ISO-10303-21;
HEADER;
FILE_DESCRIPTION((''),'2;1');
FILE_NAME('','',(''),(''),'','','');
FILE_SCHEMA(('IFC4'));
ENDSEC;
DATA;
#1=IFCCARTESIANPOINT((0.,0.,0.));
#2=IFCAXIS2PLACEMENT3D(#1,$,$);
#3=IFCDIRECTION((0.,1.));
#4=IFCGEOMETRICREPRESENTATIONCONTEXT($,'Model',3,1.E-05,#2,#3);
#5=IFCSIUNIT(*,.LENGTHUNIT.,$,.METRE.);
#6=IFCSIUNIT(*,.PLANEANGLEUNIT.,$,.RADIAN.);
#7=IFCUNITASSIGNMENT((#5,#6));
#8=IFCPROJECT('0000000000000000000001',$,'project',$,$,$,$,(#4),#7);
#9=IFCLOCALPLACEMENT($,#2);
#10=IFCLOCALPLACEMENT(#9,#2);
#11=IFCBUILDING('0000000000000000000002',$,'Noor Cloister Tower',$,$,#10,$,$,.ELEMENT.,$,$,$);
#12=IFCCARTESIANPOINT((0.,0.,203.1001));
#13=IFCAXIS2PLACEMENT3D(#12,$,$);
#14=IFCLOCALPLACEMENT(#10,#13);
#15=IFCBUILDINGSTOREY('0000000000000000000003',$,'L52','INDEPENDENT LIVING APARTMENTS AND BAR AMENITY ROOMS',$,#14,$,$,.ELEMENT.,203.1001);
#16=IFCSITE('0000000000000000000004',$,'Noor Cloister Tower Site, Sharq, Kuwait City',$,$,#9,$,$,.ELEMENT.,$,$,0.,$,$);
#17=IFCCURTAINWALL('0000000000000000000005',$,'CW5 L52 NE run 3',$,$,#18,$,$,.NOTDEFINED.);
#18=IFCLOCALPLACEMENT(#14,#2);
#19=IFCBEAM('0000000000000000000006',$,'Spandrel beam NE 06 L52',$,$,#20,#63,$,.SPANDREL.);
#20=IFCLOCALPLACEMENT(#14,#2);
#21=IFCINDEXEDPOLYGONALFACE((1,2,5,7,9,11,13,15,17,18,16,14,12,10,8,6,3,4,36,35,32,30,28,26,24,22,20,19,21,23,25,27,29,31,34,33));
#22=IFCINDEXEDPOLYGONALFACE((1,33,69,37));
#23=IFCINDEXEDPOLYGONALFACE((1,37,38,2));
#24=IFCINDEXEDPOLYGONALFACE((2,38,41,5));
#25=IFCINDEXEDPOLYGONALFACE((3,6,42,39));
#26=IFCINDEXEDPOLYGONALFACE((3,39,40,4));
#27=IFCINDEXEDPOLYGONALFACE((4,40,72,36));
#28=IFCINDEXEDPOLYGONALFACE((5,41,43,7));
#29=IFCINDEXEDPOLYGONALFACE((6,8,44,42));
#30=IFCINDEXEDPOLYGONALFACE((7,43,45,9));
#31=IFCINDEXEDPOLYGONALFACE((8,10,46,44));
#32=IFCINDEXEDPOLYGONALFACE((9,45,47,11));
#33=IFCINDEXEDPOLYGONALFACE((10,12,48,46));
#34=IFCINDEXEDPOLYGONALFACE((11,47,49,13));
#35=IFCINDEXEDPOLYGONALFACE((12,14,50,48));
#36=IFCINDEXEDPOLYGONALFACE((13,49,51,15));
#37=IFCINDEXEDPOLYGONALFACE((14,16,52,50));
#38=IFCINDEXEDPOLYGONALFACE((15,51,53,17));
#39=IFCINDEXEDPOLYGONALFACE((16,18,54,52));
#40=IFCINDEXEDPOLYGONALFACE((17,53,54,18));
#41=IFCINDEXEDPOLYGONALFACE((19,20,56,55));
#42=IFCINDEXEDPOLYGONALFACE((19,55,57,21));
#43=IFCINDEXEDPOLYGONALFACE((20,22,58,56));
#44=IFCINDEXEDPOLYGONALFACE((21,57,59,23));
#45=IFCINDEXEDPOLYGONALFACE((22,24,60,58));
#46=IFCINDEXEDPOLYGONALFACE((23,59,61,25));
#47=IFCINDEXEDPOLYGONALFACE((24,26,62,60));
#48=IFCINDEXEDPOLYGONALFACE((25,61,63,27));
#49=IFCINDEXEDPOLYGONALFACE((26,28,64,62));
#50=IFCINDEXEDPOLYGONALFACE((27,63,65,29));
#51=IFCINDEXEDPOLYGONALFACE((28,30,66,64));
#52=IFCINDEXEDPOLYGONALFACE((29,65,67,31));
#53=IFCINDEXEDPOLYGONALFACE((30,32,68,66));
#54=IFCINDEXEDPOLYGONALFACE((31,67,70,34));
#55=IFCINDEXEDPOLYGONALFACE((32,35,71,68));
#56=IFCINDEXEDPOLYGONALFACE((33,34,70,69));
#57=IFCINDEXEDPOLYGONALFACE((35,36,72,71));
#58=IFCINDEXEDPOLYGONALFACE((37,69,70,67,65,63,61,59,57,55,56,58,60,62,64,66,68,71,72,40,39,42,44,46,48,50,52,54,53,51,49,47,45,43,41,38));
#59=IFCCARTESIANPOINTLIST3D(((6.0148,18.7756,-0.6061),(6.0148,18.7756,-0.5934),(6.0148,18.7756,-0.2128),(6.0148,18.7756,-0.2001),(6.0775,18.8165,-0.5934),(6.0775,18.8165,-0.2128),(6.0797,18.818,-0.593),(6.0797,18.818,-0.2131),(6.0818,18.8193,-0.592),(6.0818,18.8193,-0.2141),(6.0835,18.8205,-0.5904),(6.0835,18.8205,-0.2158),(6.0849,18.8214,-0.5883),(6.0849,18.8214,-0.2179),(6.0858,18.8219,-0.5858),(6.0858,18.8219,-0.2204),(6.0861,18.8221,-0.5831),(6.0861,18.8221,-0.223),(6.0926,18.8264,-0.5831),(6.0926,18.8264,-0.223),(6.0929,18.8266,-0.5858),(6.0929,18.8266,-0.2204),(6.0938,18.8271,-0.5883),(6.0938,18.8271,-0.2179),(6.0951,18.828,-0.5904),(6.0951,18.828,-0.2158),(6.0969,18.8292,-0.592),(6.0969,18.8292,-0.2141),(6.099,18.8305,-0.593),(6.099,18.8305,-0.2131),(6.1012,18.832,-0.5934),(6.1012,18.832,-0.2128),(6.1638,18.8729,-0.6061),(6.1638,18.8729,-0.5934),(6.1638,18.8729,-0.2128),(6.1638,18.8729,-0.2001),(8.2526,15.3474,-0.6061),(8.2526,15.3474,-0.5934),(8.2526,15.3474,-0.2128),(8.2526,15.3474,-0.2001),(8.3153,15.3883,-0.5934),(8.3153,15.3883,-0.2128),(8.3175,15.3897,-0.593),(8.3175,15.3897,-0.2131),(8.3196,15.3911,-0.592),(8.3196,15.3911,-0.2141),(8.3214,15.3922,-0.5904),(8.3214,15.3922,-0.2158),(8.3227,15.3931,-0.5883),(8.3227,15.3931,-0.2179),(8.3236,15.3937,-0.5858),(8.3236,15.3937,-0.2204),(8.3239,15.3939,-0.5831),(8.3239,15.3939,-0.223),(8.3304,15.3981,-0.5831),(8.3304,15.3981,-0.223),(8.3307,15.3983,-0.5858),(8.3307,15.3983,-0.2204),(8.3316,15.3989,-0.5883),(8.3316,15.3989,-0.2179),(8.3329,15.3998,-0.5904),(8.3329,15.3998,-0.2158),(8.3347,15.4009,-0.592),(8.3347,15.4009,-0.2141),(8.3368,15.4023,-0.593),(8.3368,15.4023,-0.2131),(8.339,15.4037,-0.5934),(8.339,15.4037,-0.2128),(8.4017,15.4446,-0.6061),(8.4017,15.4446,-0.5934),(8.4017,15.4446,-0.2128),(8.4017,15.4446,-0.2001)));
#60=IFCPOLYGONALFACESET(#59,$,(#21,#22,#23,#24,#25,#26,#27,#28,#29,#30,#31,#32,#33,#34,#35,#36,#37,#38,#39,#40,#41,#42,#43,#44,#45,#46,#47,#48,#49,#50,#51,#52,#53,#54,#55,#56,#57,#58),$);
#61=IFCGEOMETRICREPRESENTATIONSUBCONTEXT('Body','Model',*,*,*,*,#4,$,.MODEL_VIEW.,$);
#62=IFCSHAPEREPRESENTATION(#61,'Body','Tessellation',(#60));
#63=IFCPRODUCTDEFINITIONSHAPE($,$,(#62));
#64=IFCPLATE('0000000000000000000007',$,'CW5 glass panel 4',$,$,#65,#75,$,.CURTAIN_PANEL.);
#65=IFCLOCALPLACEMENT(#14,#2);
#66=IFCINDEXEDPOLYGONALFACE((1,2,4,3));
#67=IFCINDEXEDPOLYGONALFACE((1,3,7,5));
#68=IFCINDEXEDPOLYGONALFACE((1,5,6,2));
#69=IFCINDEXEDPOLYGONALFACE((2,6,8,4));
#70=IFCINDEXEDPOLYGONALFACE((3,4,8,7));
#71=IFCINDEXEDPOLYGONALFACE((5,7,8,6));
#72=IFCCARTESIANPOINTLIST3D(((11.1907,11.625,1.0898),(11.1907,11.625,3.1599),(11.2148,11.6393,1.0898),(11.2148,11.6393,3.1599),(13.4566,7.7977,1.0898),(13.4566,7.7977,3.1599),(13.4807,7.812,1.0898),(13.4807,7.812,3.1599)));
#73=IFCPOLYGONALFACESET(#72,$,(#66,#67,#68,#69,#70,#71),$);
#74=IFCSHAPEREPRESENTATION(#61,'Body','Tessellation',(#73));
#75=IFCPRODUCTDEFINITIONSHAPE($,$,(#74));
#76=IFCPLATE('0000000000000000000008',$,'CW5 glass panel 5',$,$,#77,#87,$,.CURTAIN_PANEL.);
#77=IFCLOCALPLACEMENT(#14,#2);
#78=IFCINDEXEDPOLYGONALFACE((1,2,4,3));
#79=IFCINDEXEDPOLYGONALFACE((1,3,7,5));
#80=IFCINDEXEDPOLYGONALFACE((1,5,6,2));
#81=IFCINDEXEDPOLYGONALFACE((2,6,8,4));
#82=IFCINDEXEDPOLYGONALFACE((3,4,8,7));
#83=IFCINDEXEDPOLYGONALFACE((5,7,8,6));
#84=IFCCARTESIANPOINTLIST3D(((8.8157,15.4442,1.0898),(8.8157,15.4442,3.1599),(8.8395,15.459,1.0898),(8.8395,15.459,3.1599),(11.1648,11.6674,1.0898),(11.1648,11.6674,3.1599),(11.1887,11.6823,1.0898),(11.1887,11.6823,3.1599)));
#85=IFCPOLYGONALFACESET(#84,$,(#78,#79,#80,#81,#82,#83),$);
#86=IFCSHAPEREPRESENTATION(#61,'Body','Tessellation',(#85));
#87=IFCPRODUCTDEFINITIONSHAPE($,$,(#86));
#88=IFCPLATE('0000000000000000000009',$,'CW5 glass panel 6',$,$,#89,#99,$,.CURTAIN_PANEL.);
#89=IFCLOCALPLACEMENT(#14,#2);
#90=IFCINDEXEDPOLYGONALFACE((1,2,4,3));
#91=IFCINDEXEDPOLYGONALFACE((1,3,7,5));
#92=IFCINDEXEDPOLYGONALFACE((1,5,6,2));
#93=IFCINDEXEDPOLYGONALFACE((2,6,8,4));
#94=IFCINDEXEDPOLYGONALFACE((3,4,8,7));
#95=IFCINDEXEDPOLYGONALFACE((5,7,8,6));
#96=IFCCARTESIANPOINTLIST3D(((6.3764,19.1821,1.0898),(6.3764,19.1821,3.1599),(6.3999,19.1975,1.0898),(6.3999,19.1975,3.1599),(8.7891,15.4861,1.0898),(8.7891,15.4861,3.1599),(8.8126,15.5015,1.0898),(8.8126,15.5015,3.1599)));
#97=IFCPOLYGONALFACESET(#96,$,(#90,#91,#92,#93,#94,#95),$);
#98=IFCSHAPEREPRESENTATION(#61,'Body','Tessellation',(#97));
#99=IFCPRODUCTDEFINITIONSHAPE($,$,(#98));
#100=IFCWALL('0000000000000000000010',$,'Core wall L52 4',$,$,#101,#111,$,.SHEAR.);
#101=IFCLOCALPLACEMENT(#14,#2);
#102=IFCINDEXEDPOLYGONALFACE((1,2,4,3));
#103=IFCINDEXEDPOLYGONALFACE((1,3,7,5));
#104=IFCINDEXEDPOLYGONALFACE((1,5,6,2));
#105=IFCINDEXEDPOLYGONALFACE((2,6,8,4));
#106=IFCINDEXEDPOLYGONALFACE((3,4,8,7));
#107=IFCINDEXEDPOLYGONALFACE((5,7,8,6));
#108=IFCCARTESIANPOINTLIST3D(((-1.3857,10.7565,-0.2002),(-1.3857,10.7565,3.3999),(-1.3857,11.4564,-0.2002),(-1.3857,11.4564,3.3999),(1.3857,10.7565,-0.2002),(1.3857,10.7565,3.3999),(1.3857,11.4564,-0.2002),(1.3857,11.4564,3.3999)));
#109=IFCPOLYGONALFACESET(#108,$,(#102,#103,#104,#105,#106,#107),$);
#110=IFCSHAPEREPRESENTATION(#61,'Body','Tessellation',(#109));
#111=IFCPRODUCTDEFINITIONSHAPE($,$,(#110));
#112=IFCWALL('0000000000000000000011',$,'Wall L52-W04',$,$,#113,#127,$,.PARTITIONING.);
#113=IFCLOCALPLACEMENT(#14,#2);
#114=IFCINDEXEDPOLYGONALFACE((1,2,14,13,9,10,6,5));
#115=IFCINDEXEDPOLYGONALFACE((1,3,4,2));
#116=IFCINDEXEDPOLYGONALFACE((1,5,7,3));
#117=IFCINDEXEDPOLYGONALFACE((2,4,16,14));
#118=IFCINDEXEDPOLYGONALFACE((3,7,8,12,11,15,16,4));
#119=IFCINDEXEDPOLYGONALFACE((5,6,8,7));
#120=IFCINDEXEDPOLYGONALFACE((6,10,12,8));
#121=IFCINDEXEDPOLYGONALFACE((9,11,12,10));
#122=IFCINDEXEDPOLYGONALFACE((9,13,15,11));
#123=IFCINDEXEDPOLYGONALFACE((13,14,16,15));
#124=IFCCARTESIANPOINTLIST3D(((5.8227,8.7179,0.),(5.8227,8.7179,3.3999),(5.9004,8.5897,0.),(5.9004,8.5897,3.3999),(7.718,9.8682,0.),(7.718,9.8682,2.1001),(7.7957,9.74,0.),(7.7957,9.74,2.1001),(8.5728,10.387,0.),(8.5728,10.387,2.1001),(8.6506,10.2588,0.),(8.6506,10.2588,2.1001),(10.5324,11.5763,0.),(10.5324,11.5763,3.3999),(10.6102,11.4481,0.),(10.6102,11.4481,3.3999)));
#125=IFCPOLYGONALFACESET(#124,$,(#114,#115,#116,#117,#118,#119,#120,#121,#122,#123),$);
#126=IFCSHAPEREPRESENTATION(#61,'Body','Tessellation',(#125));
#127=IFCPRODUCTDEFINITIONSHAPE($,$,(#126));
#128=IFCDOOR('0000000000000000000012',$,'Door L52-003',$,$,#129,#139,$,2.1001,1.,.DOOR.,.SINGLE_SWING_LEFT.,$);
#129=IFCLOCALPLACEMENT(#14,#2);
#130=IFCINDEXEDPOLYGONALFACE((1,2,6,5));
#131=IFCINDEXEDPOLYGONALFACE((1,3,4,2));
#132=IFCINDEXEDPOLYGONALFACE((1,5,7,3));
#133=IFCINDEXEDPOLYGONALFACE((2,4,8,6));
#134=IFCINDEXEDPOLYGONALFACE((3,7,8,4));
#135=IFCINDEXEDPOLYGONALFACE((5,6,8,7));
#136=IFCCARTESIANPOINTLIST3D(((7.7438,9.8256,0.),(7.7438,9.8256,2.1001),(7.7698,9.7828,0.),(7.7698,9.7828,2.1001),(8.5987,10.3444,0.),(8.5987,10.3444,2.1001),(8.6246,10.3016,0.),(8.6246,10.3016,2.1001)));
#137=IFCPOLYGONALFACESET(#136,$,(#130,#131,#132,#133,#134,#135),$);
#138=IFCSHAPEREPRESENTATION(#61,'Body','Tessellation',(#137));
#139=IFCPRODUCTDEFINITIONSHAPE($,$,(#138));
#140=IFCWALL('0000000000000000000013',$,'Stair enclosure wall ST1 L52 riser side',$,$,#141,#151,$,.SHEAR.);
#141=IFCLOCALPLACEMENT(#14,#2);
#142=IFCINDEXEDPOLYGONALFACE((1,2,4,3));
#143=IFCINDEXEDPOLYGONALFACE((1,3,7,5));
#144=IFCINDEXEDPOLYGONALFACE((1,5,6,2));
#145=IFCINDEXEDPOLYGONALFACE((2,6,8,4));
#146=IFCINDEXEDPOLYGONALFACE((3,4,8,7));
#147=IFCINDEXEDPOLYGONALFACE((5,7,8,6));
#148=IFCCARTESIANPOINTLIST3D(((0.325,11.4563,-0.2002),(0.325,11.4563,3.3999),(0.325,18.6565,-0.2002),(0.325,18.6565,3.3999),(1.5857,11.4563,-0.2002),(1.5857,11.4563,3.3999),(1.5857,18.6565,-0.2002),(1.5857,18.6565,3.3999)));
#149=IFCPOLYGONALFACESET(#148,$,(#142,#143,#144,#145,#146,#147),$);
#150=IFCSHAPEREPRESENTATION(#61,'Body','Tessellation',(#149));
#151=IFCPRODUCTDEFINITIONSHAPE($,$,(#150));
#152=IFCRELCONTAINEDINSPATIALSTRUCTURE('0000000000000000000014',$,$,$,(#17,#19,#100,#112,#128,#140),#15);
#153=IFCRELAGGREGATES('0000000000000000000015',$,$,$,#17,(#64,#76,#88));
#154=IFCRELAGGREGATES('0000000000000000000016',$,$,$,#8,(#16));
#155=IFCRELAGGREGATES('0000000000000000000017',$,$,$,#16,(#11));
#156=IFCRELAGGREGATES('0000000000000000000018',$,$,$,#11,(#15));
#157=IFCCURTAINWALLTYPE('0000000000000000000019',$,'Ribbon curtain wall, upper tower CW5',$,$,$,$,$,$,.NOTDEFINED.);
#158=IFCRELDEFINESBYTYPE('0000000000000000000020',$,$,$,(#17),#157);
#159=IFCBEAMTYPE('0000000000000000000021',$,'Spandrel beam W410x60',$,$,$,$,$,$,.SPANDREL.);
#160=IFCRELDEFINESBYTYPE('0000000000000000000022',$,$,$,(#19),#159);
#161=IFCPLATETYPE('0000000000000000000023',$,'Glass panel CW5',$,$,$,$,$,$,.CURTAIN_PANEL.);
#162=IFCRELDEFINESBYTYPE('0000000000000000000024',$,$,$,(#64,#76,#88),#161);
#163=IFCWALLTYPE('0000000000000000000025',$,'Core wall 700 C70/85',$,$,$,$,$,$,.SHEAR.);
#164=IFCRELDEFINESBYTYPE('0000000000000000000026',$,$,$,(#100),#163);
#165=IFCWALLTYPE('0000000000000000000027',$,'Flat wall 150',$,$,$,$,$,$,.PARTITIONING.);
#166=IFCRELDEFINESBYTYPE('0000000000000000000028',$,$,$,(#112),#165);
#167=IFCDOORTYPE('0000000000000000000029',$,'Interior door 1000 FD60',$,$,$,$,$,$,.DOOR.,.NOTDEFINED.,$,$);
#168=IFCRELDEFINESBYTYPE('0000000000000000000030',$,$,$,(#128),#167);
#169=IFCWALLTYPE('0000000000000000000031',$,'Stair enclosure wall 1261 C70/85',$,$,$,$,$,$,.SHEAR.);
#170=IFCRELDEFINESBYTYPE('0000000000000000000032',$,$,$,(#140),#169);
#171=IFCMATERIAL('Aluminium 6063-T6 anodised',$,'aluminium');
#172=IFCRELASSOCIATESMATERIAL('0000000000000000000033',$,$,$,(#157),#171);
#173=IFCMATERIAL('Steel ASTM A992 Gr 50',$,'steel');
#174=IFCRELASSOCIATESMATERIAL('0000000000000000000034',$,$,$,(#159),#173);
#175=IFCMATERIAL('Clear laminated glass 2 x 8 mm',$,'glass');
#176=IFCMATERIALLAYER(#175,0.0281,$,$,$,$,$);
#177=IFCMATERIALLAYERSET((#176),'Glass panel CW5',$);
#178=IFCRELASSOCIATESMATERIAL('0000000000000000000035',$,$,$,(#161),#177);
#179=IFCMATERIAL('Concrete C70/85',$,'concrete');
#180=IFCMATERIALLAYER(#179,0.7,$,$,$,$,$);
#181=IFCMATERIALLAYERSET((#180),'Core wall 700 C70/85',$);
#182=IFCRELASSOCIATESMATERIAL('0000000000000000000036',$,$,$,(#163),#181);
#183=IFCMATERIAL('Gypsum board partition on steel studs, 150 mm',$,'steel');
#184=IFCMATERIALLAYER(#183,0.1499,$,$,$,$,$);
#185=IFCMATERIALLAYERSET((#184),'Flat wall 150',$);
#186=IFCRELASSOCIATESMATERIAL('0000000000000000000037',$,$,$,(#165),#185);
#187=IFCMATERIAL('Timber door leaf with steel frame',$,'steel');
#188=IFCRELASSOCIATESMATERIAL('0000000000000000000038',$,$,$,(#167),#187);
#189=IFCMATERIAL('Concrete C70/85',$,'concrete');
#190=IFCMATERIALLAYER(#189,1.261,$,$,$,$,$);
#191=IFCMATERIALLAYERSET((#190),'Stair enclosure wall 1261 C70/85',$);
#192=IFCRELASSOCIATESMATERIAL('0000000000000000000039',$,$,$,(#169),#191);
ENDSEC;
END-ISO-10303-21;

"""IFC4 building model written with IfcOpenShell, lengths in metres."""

from ifc_helpers import new_model, si_unit, direction, frame, frame_2d, origin, origin_2d, place, context, subcontext, project, spatial, rectangle, i_section, extrude, material, layer, layer_set, material_profile, profile_set, type_object, element, fill, aggregate, save


model = new_model("IFC4")

# Units and contexts
model_context = context("Model", 3, precision=1e-05, world=origin(), true_north=direction((0.0, 1.0)))
body_context = subcontext(model_context, "Body", "Model", "MODEL_VIEW")
ifc_project = project(units=[si_unit("LENGTHUNIT", "METRE"), si_unit("PLANEANGLEUNIT", "RADIAN")], contexts=[model_context])

# Site, building, storey
site_placement = place(None, origin())
site = spatial("IfcSite", under=ifc_project, at=site_placement, Name="Noor Cloister Tower Site, Sharq, Kuwait City", CompositionType="ELEMENT", RefElevation=0.0)
building_placement = place(site_placement, origin())
building = spatial("IfcBuilding", under=site, at=building_placement, Name="Noor Cloister Tower", CompositionType="ELEMENT")
storey_placement = place(building_placement, frame((0.0, 0.0, 203.1001)))
storey = spatial("IfcBuildingStorey", under=building, at=storey_placement, Name="L52", Description="INDEPENDENT LIVING APARTMENTS AND BAR AMENITY ROOMS", CompositionType="ELEMENT", Elevation=203.1001)

# Curtain wall
ifc_material_1 = material(Name="Aluminium 6063-T6 anodised", Category="aluminium")
curtain_wall_type = type_object("IfcCurtainWallType", Name="Ribbon curtain wall, upper tower CW5", PredefinedType="NOTDEFINED", material=ifc_material_1)
curtain_wall_placement = place(storey_placement, origin())
curtain_wall = element("IfcCurtainWall", 1, at=curtain_wall_placement, inside=storey, type_object=curtain_wall_type, Name="CW5 L52 NE run 3", PredefinedType="NOTDEFINED")

# Beam
ifc_material_2 = material(Name="Steel ASTM A992 Gr 50", Category="steel")
ifc_material_profile_1 = material_profile(ifc_material_2, i_section(OverallWidth=0.178, OverallDepth=0.406, WebThickness=0.0078, FlangeThickness=0.0127, FilletRadius=0.0103, at=origin_2d()), Name="W410x60")
ifc_profile_set_1 = profile_set([ifc_material_profile_1], Name="Steel ASTM A992 Gr 50")
beam_type_1 = type_object("IfcBeamType", Name="Spandrel beam W410x60", PredefinedType="SPANDREL", material=ifc_profile_set_1)
beam_1_placement = place(storey_placement, frame((8.3271, 15.396, -0.4031), z_axis=(-0.54661, 0.837387, 0.0), x_axis=(-0.837387, -0.54661, 0.0)))
element("IfcBeam", 2, at=beam_1_placement, inside=storey, type_object=beam_type_1, Name="Spandrel beam NE 06 L52", PredefinedType="SPANDREL", context=body_context, shape_type="SweptSolid", body=[
    extrude(i_section(OverallWidth=0.178, OverallDepth=0.406, WebThickness=0.0078, FlangeThickness=0.0127, FilletRadius=0.0103, at=origin_2d()), origin(), (0.0, 0.0, 1.0), 4.094),
])

# Plates
ifc_material_3 = material(Name="Clear laminated glass 2 x 8 mm", Category="glass")
ifc_layer_1 = layer(ifc_material_3, 0.0281)
ifc_layer_set_1 = layer_set([ifc_layer_1], Name="Glass panel CW5")
plate_type = type_object("IfcPlateType", Name="Glass panel CW5", PredefinedType="CURTAIN_PANEL", material=ifc_layer_set_1)
plate_1_placement = place(storey_placement, frame((12.3357, 9.7185, 1.0898), z_axis=(0.0, 0.0, 1.0), x_axis=(-0.509449, 0.860501, 0.0)))
plate_1 = element("IfcPlate", 3, at=plate_1_placement, type_object=plate_type, Name="CW5 glass panel 4", PredefinedType="CURTAIN_PANEL", context=body_context, shape_type="SweptSolid", body=[
    extrude(rectangle(XDim=4.4478, YDim=0.0281, at=origin_2d()), origin(), (0.0, 0.0, 1.0), 2.0701),
])
plate_2_placement = place(storey_placement, frame((10.0022, 13.5632, 1.0898), z_axis=(0.0, 0.0, 1.0), x_axis=(-0.528163, 0.849143, 0.0)))
plate_2 = element("IfcPlate", 4, at=plate_2_placement, type_object=plate_type, Name="CW5 glass panel 5", PredefinedType="CURTAIN_PANEL", context=body_context, shape_type="SweptSolid", body=[
    extrude(rectangle(XDim=4.4478, YDim=0.0281, at=origin_2d()), origin(), (0.0, 0.0, 1.0), 2.0701),
])
plate_3_placement = place(storey_placement, frame((7.5945, 17.3418, 1.0898), z_axis=(0.0, 0.0, 1.0), x_axis=(-0.546624, 0.837378, 0.0)))
plate_3 = element("IfcPlate", 5, at=plate_3_placement, type_object=plate_type, Name="CW5 glass panel 6", PredefinedType="CURTAIN_PANEL", context=body_context, shape_type="SweptSolid", body=[
    extrude(rectangle(XDim=4.4138, YDim=0.0281, at=origin_2d()), origin(), (0.0, 0.0, 1.0), 2.0701),
])
aggregate(curtain_wall, [plate_1, plate_2, plate_3])

# Wall
ifc_material_4 = material(Name="Concrete C70/85", Category="concrete")
ifc_layer_2 = layer(ifc_material_4, 0.7)
ifc_layer_set_2 = layer_set([ifc_layer_2], Name="Core wall 700 C70/85")
wall_type_1 = type_object("IfcWallType", Name="Core wall 700 C70/85", PredefinedType="SHEAR", material=ifc_layer_set_2)
wall_1_placement = place(storey_placement, frame((1.3857, 11.1064, -0.2002), z_axis=(0.0, 0.0, 1.0), x_axis=(-1.0, 0.0, 0.0)))
element("IfcWall", 6, at=wall_1_placement, inside=storey, type_object=wall_type_1, Name="Core wall L52 4", PredefinedType="SHEAR", context=body_context, shape_type="SweptSolid", body=[
    extrude(rectangle(XDim=2.7715, YDim=0.7, at=frame_2d((1.3857, 0.0))), origin(), (0.0, 0.0, 1.0), 3.6001),
])

# Wall, opening, door
ifc_material_5 = material(Name="Gypsum board partition on steel studs, 150 mm", Category="steel")
ifc_layer_3 = layer(ifc_material_5, 0.1499)
ifc_layer_set_3 = layer_set([ifc_layer_3], Name="Flat wall 150")
wall_type_2 = type_object("IfcWallType", Name="Flat wall 150", PredefinedType="PARTITIONING", material=ifc_layer_set_3)
wall_2_placement = place(storey_placement, frame((10.5713, 11.5122, 0.0), z_axis=(0.0, 0.0, 1.0), x_axis=(-0.854874, -0.518836, 0.0)))
wall_2 = element("IfcWall", 7, at=wall_2_placement, inside=storey, type_object=wall_type_2, Name="Wall L52-W04", PredefinedType="PARTITIONING", context=body_context, shape_type="SweptSolid", body=[
    extrude(rectangle(XDim=5.5093, YDim=0.1499, at=frame_2d((2.7546, 0.0))), origin(), (0.0, 0.0, 1.0), 3.3999),
])
opening_1_placement = place(wall_2_placement, frame((2.2922, 0.0, 0.0)))
opening_1 = element("IfcOpeningElement", 8, at=opening_1_placement, cuts=wall_2, PredefinedType="OPENING", context=body_context, shape_type="SweptSolid", body=[
    extrude(rectangle(XDim=1.0, YDim=2.1001, at=frame_2d((0.5, 1.05))), frame((0.0, 0.085, 0.0), z_axis=(0.0, -1.0, 0.0), x_axis=(1.0, 0.0, 0.0)), (0.0, 0.0, 1.0), 0.1699),
])
ifc_material_6 = material(Name="Timber door leaf with steel frame", Category="steel")
door_type_1 = type_object("IfcDoorType", Name="Interior door 1000 FD60", OperationType="NOTDEFINED", PredefinedType="DOOR", material=ifc_material_6)
door_1_placement = place(opening_1_placement, origin())
door_1 = element("IfcDoor", 9, at=door_1_placement, inside=storey, type_object=door_type_1, Name="Door L52-003", OperationType="SINGLE_SWING_LEFT", OverallHeight=2.1001, OverallWidth=1.0, PredefinedType="DOOR", context=body_context, shape_type="SweptSolid", body=[
    extrude(rectangle(XDim=1.0, YDim=2.1001, at=frame_2d((0.5, 1.05))), frame((0.0, 0.0249, 0.0), z_axis=(0.0, -1.0, 0.0), x_axis=(1.0, 0.0, 0.0)), (0.0, 0.0, 1.0), 0.05),
])
fill(opening_1, door_1)

# Wall
ifc_material_7 = material(Name="Concrete C70/85", Category="concrete")
ifc_layer_4 = layer(ifc_material_7, 1.261)
ifc_layer_set_4 = layer_set([ifc_layer_4], Name="Stair enclosure wall 1261 C70/85")
wall_type_3 = type_object("IfcWallType", Name="Stair enclosure wall 1261 C70/85", PredefinedType="SHEAR", material=ifc_layer_set_4)
wall_3_placement = place(storey_placement, frame((0.9553, 11.4563, -0.2002), z_axis=(0.0, 0.0, 1.0), x_axis=(0.0, 1.0, 0.0)))
element("IfcWall", 10, at=wall_3_placement, inside=storey, type_object=wall_type_3, Name="Stair enclosure wall ST1 L52 riser side", PredefinedType="SHEAR", context=body_context, shape_type="SweptSolid", body=[
    extrude(rectangle(XDim=7.2002, YDim=1.2607, at=frame_2d((3.6001, 0.0))), origin(), (0.0, 0.0, 1.0), 3.6001),
])

save(model, "model.ifc")
